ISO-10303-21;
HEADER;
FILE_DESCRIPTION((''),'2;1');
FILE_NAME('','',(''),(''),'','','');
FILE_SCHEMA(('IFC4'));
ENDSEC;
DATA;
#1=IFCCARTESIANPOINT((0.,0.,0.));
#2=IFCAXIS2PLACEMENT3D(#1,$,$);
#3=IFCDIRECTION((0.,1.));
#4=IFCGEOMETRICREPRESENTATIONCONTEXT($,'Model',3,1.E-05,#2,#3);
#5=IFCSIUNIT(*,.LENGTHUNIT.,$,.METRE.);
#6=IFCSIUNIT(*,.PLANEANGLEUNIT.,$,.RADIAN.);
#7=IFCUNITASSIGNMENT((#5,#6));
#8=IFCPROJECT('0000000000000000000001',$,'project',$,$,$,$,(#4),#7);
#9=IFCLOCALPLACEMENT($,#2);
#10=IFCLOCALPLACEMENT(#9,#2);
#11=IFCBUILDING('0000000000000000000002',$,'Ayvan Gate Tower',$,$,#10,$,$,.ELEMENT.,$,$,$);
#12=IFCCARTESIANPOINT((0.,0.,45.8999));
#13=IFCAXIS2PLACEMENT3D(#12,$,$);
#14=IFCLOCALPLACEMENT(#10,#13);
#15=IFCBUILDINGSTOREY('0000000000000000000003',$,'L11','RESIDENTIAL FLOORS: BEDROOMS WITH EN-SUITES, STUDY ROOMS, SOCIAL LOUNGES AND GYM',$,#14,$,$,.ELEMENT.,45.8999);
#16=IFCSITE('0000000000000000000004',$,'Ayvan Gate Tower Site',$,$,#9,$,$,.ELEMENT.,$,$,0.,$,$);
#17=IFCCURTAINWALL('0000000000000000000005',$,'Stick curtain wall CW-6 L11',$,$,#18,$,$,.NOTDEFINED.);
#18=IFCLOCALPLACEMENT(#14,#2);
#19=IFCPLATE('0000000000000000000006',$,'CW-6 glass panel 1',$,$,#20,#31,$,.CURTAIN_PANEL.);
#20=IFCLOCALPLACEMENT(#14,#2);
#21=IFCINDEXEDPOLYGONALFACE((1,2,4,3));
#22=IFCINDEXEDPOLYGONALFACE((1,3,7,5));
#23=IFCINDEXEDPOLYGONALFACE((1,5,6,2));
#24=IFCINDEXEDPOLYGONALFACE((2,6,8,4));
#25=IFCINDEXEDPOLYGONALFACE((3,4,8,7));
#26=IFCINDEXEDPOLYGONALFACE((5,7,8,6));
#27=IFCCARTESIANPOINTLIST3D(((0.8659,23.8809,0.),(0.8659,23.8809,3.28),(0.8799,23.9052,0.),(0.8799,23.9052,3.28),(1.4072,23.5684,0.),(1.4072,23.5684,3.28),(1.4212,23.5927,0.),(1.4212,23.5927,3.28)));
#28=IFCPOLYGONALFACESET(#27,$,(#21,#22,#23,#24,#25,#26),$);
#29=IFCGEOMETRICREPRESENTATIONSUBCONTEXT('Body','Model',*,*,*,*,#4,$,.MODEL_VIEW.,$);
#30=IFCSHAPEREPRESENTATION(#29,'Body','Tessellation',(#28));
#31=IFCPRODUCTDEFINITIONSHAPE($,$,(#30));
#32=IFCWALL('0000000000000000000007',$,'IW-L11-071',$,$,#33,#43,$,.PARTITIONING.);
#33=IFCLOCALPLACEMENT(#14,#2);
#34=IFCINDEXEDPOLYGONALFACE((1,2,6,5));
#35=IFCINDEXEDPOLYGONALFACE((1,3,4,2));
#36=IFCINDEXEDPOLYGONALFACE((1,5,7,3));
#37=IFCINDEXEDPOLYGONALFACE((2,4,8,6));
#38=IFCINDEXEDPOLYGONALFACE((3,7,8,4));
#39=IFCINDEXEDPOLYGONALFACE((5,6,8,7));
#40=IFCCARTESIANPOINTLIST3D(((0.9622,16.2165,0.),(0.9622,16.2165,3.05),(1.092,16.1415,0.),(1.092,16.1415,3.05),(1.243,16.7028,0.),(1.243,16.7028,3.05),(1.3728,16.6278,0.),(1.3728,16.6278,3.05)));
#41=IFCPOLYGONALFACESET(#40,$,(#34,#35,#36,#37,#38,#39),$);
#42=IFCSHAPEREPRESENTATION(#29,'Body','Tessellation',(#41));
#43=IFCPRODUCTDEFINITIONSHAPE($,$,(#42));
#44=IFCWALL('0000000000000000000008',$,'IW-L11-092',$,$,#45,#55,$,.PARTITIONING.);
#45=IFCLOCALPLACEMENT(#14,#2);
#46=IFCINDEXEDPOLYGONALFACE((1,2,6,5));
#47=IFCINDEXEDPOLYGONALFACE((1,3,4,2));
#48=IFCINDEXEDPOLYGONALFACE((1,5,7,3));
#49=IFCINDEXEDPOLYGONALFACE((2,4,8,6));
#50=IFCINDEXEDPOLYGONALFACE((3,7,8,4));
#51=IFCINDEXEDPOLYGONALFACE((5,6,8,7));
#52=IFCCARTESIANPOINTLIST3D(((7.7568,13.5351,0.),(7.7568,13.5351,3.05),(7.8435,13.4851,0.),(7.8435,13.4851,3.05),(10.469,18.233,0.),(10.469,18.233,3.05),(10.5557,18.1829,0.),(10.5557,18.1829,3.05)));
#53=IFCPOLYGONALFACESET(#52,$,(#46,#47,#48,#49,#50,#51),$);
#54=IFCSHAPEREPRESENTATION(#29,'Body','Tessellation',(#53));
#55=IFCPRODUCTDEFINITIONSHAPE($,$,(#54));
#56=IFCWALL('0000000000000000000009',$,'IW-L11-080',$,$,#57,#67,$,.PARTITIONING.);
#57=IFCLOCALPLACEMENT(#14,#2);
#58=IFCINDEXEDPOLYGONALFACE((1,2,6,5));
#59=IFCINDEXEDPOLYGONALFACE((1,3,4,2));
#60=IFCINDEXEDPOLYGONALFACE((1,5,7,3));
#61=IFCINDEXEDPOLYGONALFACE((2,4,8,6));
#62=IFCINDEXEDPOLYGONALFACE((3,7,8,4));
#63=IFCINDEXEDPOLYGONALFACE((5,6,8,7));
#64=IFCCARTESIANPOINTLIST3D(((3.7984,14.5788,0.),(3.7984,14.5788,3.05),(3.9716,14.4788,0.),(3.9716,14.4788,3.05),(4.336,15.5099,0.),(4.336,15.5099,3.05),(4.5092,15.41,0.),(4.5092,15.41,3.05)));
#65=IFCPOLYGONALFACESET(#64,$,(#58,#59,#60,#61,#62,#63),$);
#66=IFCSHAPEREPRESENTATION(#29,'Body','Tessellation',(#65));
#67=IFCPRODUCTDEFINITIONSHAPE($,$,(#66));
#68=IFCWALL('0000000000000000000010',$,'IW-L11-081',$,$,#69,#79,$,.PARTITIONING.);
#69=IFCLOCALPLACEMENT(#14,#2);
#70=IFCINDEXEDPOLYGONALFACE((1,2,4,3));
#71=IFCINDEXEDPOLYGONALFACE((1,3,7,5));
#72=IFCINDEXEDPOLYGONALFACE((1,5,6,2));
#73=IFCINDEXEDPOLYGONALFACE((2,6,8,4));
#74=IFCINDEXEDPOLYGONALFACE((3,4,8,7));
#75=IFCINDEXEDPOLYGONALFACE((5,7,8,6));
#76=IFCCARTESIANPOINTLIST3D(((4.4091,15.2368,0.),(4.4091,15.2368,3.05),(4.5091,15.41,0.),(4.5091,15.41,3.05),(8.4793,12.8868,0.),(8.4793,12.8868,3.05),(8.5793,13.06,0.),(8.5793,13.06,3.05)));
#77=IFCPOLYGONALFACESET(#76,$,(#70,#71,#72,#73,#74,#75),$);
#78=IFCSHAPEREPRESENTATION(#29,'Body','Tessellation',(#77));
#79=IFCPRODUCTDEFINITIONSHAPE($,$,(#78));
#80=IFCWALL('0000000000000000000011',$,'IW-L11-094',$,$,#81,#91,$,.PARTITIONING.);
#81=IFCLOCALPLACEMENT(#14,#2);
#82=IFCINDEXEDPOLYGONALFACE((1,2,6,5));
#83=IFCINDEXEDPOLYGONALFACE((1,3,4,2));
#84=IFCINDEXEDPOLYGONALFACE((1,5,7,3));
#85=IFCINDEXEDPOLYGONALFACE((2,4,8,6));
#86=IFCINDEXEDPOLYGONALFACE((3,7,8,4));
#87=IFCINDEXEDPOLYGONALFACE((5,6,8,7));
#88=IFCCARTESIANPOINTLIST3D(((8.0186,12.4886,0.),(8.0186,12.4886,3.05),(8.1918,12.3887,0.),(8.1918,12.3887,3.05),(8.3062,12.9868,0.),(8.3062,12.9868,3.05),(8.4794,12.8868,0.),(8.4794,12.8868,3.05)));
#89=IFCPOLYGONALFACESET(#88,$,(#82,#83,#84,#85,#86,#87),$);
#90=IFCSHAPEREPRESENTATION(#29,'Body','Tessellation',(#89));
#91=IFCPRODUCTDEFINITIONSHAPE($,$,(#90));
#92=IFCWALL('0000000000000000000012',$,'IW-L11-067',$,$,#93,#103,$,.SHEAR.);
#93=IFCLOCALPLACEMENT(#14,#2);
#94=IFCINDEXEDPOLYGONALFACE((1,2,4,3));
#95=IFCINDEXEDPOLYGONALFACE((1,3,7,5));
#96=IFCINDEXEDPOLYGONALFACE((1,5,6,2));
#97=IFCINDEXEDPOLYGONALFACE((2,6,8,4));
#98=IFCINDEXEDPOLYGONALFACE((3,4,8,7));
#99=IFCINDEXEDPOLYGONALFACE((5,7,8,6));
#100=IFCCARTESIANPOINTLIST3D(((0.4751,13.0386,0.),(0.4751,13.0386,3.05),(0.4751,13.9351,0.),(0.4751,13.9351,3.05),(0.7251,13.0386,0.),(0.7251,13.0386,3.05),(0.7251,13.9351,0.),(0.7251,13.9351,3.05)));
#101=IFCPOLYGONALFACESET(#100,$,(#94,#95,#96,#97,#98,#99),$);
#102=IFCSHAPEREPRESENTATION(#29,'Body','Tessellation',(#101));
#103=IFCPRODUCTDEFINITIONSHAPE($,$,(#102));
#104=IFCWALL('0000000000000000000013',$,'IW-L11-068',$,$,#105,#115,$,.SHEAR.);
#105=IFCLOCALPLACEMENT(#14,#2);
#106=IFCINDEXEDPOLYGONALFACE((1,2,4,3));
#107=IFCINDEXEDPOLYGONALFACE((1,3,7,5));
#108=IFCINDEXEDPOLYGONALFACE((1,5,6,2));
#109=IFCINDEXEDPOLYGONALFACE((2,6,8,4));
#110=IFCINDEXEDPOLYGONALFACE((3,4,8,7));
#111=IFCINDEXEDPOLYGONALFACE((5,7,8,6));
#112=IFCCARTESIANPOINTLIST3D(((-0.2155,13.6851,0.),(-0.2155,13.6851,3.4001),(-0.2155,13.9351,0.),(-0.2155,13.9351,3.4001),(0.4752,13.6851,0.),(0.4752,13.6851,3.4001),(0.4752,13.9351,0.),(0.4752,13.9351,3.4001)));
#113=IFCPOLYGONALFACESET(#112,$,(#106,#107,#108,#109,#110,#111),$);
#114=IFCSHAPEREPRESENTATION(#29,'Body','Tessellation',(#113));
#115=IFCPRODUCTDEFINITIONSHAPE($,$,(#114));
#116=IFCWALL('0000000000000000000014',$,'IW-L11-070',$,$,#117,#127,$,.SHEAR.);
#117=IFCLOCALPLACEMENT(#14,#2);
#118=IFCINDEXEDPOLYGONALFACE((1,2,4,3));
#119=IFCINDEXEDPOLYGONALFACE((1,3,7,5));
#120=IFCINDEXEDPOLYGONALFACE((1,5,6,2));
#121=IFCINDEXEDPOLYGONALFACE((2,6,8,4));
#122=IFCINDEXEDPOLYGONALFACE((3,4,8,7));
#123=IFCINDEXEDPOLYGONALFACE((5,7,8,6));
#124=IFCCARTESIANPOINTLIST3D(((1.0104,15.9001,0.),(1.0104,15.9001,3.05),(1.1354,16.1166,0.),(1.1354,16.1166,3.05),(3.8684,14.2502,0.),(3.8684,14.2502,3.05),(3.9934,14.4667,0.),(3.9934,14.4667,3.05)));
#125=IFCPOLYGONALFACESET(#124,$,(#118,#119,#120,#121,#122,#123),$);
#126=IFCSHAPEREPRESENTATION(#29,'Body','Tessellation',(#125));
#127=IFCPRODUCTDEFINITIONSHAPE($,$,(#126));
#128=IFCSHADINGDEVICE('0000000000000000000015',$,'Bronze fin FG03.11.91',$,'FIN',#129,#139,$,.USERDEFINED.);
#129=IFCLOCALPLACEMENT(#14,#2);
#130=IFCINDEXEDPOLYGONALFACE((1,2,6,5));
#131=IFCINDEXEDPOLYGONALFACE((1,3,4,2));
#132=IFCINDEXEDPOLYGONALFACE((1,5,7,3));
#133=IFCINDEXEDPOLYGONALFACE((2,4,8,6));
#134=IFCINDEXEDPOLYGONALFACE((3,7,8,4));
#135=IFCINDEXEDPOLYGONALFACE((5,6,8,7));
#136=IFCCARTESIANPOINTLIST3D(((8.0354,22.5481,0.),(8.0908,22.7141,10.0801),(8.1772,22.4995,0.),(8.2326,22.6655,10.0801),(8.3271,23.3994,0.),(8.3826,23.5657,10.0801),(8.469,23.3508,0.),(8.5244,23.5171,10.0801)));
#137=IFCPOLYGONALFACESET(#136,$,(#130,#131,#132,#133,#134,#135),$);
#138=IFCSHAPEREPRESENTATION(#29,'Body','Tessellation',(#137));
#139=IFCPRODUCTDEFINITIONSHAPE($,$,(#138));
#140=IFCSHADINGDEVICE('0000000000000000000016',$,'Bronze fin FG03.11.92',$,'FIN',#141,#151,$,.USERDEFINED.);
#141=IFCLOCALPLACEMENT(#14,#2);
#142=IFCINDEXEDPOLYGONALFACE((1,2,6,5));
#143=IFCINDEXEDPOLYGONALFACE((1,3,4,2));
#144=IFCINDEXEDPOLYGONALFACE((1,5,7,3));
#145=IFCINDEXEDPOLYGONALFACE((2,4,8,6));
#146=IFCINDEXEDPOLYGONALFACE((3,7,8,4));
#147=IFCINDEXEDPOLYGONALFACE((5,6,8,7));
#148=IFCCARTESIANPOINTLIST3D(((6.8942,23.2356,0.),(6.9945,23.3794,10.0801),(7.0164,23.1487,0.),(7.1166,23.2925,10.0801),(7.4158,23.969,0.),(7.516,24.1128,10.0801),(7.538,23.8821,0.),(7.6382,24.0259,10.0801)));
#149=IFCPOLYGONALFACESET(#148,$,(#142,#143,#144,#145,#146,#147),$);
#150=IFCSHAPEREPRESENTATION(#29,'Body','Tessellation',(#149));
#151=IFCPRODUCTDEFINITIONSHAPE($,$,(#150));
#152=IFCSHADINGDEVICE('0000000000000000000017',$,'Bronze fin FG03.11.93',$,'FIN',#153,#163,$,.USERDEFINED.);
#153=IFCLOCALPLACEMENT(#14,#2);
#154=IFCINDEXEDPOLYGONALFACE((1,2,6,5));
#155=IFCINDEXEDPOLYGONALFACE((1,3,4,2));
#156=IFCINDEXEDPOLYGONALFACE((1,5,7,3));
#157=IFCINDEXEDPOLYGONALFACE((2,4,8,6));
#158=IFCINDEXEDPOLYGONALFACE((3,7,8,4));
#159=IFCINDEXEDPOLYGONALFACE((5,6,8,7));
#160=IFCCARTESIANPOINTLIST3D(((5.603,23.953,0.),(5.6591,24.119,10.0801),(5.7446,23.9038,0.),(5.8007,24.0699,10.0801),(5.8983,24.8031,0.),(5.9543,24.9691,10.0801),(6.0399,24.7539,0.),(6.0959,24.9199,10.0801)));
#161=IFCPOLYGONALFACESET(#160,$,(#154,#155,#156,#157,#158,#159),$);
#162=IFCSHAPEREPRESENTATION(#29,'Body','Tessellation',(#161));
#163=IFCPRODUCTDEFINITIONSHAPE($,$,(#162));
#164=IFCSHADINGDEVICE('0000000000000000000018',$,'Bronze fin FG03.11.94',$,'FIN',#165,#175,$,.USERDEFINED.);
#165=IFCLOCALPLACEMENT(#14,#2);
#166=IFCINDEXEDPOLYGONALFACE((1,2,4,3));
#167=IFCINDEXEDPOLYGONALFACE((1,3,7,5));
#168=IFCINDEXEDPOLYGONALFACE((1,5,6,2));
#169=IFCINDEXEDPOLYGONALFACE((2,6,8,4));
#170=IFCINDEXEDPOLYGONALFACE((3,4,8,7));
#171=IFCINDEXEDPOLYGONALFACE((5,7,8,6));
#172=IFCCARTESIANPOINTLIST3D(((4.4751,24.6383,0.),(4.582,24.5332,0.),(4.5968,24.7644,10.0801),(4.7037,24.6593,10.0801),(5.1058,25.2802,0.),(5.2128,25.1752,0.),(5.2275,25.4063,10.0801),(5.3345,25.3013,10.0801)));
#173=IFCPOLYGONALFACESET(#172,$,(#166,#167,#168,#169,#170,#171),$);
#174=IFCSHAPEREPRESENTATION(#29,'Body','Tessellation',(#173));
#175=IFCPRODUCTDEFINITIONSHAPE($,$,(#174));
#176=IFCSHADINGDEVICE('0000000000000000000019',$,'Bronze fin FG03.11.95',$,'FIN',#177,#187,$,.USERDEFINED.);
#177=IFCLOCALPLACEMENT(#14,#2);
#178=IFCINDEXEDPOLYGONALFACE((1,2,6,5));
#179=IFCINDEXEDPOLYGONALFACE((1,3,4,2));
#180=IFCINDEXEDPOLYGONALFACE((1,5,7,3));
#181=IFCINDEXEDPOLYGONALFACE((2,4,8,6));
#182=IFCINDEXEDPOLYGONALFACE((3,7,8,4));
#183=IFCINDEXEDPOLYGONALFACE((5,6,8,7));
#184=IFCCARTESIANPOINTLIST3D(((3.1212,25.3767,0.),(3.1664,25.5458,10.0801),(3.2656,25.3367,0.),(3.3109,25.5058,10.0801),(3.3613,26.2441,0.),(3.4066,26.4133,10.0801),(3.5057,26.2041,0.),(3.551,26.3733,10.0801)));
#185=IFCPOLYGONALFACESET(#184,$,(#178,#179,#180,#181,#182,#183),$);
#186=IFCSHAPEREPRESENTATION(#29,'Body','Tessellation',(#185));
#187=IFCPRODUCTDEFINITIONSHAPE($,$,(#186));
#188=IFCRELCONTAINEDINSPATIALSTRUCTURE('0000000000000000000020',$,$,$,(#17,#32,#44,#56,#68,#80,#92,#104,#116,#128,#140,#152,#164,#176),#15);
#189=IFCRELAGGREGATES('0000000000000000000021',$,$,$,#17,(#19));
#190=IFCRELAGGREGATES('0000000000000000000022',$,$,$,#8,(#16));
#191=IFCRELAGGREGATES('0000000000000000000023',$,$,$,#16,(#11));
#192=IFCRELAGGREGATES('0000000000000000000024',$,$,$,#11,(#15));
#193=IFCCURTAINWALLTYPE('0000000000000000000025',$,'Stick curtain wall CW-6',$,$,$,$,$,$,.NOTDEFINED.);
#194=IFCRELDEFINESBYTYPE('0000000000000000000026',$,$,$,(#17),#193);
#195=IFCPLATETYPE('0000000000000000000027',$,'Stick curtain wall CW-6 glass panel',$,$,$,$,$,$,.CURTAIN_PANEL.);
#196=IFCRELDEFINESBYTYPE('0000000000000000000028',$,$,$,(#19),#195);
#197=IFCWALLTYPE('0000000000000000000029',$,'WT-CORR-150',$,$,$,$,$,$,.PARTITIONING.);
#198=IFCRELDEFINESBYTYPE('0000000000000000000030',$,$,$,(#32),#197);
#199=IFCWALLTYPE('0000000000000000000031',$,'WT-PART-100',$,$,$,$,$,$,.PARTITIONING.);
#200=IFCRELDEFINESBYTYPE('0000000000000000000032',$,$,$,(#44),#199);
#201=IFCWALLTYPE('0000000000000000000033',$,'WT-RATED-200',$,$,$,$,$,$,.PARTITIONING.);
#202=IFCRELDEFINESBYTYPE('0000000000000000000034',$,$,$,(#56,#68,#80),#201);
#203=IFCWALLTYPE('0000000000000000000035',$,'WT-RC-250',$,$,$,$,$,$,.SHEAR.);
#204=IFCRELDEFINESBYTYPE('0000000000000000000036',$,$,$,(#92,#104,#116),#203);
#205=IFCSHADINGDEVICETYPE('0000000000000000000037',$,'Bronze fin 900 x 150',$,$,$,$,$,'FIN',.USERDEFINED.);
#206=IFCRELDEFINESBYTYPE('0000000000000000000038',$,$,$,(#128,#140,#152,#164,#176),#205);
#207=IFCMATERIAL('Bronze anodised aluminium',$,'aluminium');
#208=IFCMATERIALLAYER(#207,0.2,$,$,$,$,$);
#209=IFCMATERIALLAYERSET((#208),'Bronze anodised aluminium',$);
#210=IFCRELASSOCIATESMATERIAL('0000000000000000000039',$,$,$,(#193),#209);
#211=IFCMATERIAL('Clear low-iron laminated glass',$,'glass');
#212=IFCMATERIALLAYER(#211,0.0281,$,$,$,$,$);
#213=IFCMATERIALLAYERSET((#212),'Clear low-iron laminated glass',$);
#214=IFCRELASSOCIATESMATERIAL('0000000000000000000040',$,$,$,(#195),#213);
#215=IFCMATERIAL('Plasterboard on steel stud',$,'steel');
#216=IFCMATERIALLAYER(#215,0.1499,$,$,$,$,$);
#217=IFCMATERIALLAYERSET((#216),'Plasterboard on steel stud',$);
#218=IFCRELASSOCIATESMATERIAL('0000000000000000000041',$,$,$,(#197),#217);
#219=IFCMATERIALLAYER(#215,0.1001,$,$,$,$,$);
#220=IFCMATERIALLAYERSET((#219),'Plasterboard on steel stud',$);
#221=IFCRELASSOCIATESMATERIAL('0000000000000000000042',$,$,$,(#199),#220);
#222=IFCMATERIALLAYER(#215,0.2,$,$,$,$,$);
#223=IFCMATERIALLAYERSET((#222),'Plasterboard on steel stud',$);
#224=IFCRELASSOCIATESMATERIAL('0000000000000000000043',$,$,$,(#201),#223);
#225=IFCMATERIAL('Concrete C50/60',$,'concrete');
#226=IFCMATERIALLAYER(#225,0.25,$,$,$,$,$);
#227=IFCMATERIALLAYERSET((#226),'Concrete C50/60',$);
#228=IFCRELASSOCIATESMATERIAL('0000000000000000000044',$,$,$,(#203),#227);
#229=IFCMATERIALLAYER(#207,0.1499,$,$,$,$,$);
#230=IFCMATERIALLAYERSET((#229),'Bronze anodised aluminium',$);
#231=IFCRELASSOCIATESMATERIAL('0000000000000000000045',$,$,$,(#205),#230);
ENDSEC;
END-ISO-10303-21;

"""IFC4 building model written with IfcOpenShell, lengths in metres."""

from ifc_helpers import new_model, si_unit, direction, frame, frame_2d, origin, origin_2d, place, context, subcontext, project, spatial, polyline, rectangle, outline, extrude, material, layer, layer_set, type_object, element, aggregate, save


model = new_model("IFC4")

# Units and contexts
model_context = context("Model", 3, precision=1e-05, world=origin(), true_north=direction((0.0, 1.0)))
body_context = subcontext(model_context, "Body", "Model", "MODEL_VIEW")
ifc_project = project(units=[si_unit("LENGTHUNIT", "METRE"), si_unit("PLANEANGLEUNIT", "RADIAN")], contexts=[model_context])

# Site, building, storey
site_placement = place(None, origin())
site = spatial("IfcSite", under=ifc_project, at=site_placement, Name="Ayvan Gate Tower Site", CompositionType="ELEMENT", RefElevation=0.0)
building_placement = place(site_placement, origin())
building = spatial("IfcBuilding", under=site, at=building_placement, Name="Ayvan Gate Tower", CompositionType="ELEMENT")
storey_placement = place(building_placement, frame((0.0, 0.0, 45.8999)))
storey = spatial("IfcBuildingStorey", under=building, at=storey_placement, Name="L11", Description="RESIDENTIAL FLOORS: BEDROOMS WITH EN-SUITES, STUDY ROOMS, SOCIAL LOUNGES AND GYM", CompositionType="ELEMENT", Elevation=45.8999)

# Curtain wall
ifc_material_1 = material(Name="Bronze anodised aluminium", Category="aluminium")
ifc_layer_1 = layer(ifc_material_1, 0.2)
ifc_layer_set_1 = layer_set([ifc_layer_1], Name="Bronze anodised aluminium")
curtain_wall_type_1 = type_object("IfcCurtainWallType", Name="Stick curtain wall CW-6", PredefinedType="NOTDEFINED", material=ifc_layer_set_1)
curtain_wall_1_placement = place(storey_placement, origin())
curtain_wall_1 = element("IfcCurtainWall", 1, at=curtain_wall_1_placement, inside=storey, type_object=curtain_wall_type_1, Name="Stick curtain wall CW-6 L11", PredefinedType="NOTDEFINED")

# Plate
ifc_material_2 = material(Name="Clear low-iron laminated glass", Category="glass")
ifc_layer_2 = layer(ifc_material_2, 0.0281)
ifc_layer_set_2 = layer_set([ifc_layer_2], Name="Clear low-iron laminated glass")
plate_type_1 = type_object("IfcPlateType", Name="Stick curtain wall CW-6 glass panel", PredefinedType="CURTAIN_PANEL", material=ifc_layer_set_2)
plate_1_placement = place(storey_placement, frame((1.1436, 23.7368, 0.0), z_axis=(0.0, 0.0, 1.0), x_axis=(-0.866025, 0.5, 0.0)))
plate_1 = element("IfcPlate", 2, at=plate_1_placement, type_object=plate_type_1, Name="CW-6 glass panel 1", PredefinedType="CURTAIN_PANEL", context=body_context, shape_type="SweptSolid", body=[
    extrude(rectangle(XDim=0.625, YDim=0.0281, at=origin_2d()), origin(), (0.0, 0.0, 1.0), 3.28),
])
aggregate(curtain_wall_1, [plate_1])

# Walls
ifc_material_3 = material(Name="Plasterboard on steel stud", Category="steel")
ifc_layer_3 = layer(ifc_material_3, 0.1499)
ifc_layer_set_3 = layer_set([ifc_layer_3], Name="Plasterboard on steel stud")
wall_type_1 = type_object("IfcWallType", Name="WT-CORR-150", PredefinedType="PARTITIONING", material=ifc_layer_set_3)
wall_1_placement = place(storey_placement, frame((1.3079, 16.6653, 0.0), z_axis=(0.0, 0.0, 1.0), x_axis=(-0.499973, -0.866041, 0.0)))
element("IfcWall", 3, at=wall_1_placement, inside=storey, type_object=wall_type_1, Name="IW-L11-071", PredefinedType="PARTITIONING", context=body_context, shape_type="SweptSolid", body=[
    extrude(rectangle(XDim=0.5615, YDim=0.1499, at=frame_2d((0.2808, 0.0))), origin(), (0.0, 0.0, 1.0), 3.05),
])
ifc_layer_4 = layer(ifc_material_3, 0.1001)
ifc_layer_set_4 = layer_set([ifc_layer_4], Name="Plasterboard on steel stud")
wall_type_2 = type_object("IfcWallType", Name="WT-PART-100", PredefinedType="PARTITIONING", material=ifc_layer_set_4)
wall_2_placement = place(storey_placement, frame((7.8, 13.51, 0.0), z_axis=(0.0, 0.0, 1.0), x_axis=(0.499987, 0.866033, 0.0)))
element("IfcWall", 4, at=wall_2_placement, inside=storey, type_object=wall_type_2, Name="IW-L11-092", PredefinedType="PARTITIONING", context=body_context, shape_type="SweptSolid", body=[
    extrude(rectangle(XDim=5.4246, YDim=0.1001, at=frame_2d((2.7124, 0.0))), origin(), (0.0, 0.0, 1.0), 3.05),
])
ifc_layer_5 = layer(ifc_material_3, 0.2)
ifc_layer_set_5 = layer_set([ifc_layer_5], Name="Plasterboard on steel stud")
wall_type_3 = type_object("IfcWallType", Name="WT-RATED-200", PredefinedType="PARTITIONING", material=ifc_layer_set_5)
wall_3_placement = place(storey_placement, frame((3.885, 14.5288, 0.0), z_axis=(0.0, 0.0, 1.0), x_axis=(0.499998, 0.866027, 0.0)))
element("IfcWall", 5, at=wall_3_placement, inside=storey, type_object=wall_type_3, Name="IW-L11-080", PredefinedType="PARTITIONING", context=body_context, shape_type="SweptSolid", body=[
    extrude(rectangle(XDim=1.0752, YDim=0.2, at=frame_2d((0.5376, 0.0))), origin(), (0.0, 0.0, 1.0), 3.05),
])
wall_4_placement = place(storey_placement, frame((4.459, 15.3235, 0.0), z_axis=(0.0, 0.0, 1.0), x_axis=(0.866016, -0.500016, 0.0)))
element("IfcWall", 6, at=wall_4_placement, inside=storey, type_object=wall_type_3, Name="IW-L11-081", PredefinedType="PARTITIONING", context=body_context, shape_type="SweptSolid", body=[
    extrude(rectangle(XDim=4.7, YDim=0.2, at=frame_2d((2.3501, 0.0))), origin(), (0.0, 0.0, 1.0), 3.05),
])
wall_5_placement = place(storey_placement, frame((8.3928, 12.9368, 0.0), z_axis=(0.0, 0.0, 1.0), x_axis=(-0.500065, -0.865988, 0.0)))
element("IfcWall", 7, at=wall_5_placement, inside=storey, type_object=wall_type_3, Name="IW-L11-094", PredefinedType="PARTITIONING", context=body_context, shape_type="SweptSolid", body=[
    extrude(rectangle(XDim=0.5752, YDim=0.2, at=frame_2d((0.2876, 0.0))), origin(), (0.0, 0.0, 1.0), 3.05),
])
ifc_material_4 = material(Name="Concrete C50/60", Category="concrete")
ifc_layer_6 = layer(ifc_material_4, 0.25)
ifc_layer_set_6 = layer_set([ifc_layer_6], Name="Concrete C50/60")
wall_type_4 = type_object("IfcWallType", Name="WT-RC-250", PredefinedType="SHEAR", material=ifc_layer_set_6)
wall_6_placement = place(storey_placement, frame((0.6001, 13.0386, 0.0), z_axis=(0.0, 0.0, 1.0), x_axis=(0.0, 1.0, 0.0)))
element("IfcWall", 8, at=wall_6_placement, inside=storey, type_object=wall_type_4, Name="IW-L11-067", PredefinedType="SHEAR", context=body_context, shape_type="SweptSolid", body=[
    extrude(rectangle(XDim=0.8965, YDim=0.25, at=frame_2d((0.4482, 0.0))), origin(), (0.0, 0.0, 1.0), 3.05),
])
wall_7_placement = place(storey_placement, frame((0.4751, 13.8101, 0.0), z_axis=(0.0, 0.0, 1.0), x_axis=(-1.0, 0.0, 0.0)))
element("IfcWall", 9, at=wall_7_placement, inside=storey, type_object=wall_type_4, Name="IW-L11-068", PredefinedType="SHEAR", context=body_context, shape_type="SweptSolid", body=[
    extrude(rectangle(XDim=0.6907, YDim=0.25, at=frame_2d((0.3452, 0.0))), origin(), (0.0, 0.0, 1.0), 3.4001),
])
wall_8_placement = place(storey_placement, frame((1.073, 16.0083, 0.0), z_axis=(0.0, 0.0, 1.0), x_axis=(0.86604, -0.499974, 0.0)))
element("IfcWall", 10, at=wall_8_placement, inside=storey, type_object=wall_type_4, Name="IW-L11-070", PredefinedType="SHEAR", context=body_context, shape_type="SweptSolid", body=[
    extrude(rectangle(XDim=3.3, YDim=0.25, at=frame_2d((1.6499, 0.0))), origin(), (0.0, 0.0, 1.0), 3.05),
])

# Shading devices
ifc_layer_7 = layer(ifc_material_1, 0.1499)
ifc_layer_set_7 = layer_set([ifc_layer_7], Name="Bronze anodised aluminium")
shading_device_type = type_object("IfcShadingDeviceType", Name="Bronze fin 900 x 150", ElementType="FIN", PredefinedType="USERDEFINED", material=ifc_layer_set_7)
shading_device_1_placement = place(storey_placement, frame((8.1772, 22.4995, 0.0), z_axis=(0.946005, -0.324151, 0.000141), x_axis=(0.324151, 0.946005, 0.0)))
element("IfcShadingDevice", 11, at=shading_device_1_placement, inside=storey, type_object=shading_device_type, Name="Bronze fin FG03.11.91", ObjectType="FIN", PredefinedType="USERDEFINED", context=body_context, shape_type="SweptSolid", body=[
    extrude(outline(polyline([(0.0, 0.0), (0.8999, 0.0), (1.0752, 10.0801), (0.175, 10.0801), (0.0, 0.0)])), origin(), (0.0, 0.0, -1.0), 0.1499),
])
shading_device_2_placement = place(storey_placement, frame((7.0164, 23.1487, 0.0), z_axis=(0.814914, -0.579582, 0.000166), x_axis=(0.579582, 0.814914, 0.0)))
element("IfcShadingDevice", 12, at=shading_device_2_placement, inside=storey, type_object=shading_device_type, Name="Bronze fin FG03.11.92", ObjectType="FIN", PredefinedType="USERDEFINED", context=body_context, shape_type="SweptSolid", body=[
    extrude(outline(polyline([(0.0, 0.0), (0.9, 0.0), (1.0752, 10.0801), (0.1753, 10.0801), (0.0, 0.0)])), origin(), (0.0, 0.0, -1.0), 0.1499),
])
shading_device_3_placement = place(storey_placement, frame((5.7446, 23.9038, 0.0), z_axis=(0.944634, -0.328126, 0.000153), x_axis=(0.328126, 0.944634, 0.0)))
element("IfcShadingDevice", 13, at=shading_device_3_placement, inside=storey, type_object=shading_device_type, Name="Bronze fin FG03.11.93", ObjectType="FIN", PredefinedType="USERDEFINED", context=body_context, shape_type="SweptSolid", body=[
    extrude(outline(polyline([(0.0, 0.0), (0.9, 0.0), (1.0751, 10.0801), (0.1752, 10.0801), (0.0, 0.0)])), origin(), (0.0, 0.0, -1.0), 0.1499),
])
shading_device_4_placement = place(storey_placement, frame((4.582, 24.5332, 0.0), z_axis=(0.713319, -0.70084, 0.000155), x_axis=(0.70084, 0.713319, 0.0)))
element("IfcShadingDevice", 14, at=shading_device_4_placement, inside=storey, type_object=shading_device_type, Name="Bronze fin FG03.11.94", ObjectType="FIN", PredefinedType="USERDEFINED", context=body_context, shape_type="SweptSolid", body=[
    extrude(outline(polyline([(0.0, 0.0), (0.9, 0.0), (1.0752, 10.0801), (0.1752, 10.0801), (0.0, 0.0)])), origin(), (0.0, 0.0, -1.0), 0.1499),
])
shading_device_5_placement = place(storey_placement, frame((3.2656, 25.3367, 0.0), z_axis=(0.963758, -0.266776, 0.000148), x_axis=(0.266776, 0.963758, 0.0)))
element("IfcShadingDevice", 15, at=shading_device_5_placement, inside=storey, type_object=shading_device_type, Name="Bronze fin FG03.11.95", ObjectType="FIN", PredefinedType="USERDEFINED", context=body_context, shape_type="SweptSolid", body=[
    extrude(outline(polyline([(0.0, 0.0), (0.9, 0.0), (1.0752, 10.0801), (0.1751, 10.0801), (0.0, 0.0)])), origin(), (0.0, 0.0, -1.0), 0.1499),
])

save(model, "model.ifc")
